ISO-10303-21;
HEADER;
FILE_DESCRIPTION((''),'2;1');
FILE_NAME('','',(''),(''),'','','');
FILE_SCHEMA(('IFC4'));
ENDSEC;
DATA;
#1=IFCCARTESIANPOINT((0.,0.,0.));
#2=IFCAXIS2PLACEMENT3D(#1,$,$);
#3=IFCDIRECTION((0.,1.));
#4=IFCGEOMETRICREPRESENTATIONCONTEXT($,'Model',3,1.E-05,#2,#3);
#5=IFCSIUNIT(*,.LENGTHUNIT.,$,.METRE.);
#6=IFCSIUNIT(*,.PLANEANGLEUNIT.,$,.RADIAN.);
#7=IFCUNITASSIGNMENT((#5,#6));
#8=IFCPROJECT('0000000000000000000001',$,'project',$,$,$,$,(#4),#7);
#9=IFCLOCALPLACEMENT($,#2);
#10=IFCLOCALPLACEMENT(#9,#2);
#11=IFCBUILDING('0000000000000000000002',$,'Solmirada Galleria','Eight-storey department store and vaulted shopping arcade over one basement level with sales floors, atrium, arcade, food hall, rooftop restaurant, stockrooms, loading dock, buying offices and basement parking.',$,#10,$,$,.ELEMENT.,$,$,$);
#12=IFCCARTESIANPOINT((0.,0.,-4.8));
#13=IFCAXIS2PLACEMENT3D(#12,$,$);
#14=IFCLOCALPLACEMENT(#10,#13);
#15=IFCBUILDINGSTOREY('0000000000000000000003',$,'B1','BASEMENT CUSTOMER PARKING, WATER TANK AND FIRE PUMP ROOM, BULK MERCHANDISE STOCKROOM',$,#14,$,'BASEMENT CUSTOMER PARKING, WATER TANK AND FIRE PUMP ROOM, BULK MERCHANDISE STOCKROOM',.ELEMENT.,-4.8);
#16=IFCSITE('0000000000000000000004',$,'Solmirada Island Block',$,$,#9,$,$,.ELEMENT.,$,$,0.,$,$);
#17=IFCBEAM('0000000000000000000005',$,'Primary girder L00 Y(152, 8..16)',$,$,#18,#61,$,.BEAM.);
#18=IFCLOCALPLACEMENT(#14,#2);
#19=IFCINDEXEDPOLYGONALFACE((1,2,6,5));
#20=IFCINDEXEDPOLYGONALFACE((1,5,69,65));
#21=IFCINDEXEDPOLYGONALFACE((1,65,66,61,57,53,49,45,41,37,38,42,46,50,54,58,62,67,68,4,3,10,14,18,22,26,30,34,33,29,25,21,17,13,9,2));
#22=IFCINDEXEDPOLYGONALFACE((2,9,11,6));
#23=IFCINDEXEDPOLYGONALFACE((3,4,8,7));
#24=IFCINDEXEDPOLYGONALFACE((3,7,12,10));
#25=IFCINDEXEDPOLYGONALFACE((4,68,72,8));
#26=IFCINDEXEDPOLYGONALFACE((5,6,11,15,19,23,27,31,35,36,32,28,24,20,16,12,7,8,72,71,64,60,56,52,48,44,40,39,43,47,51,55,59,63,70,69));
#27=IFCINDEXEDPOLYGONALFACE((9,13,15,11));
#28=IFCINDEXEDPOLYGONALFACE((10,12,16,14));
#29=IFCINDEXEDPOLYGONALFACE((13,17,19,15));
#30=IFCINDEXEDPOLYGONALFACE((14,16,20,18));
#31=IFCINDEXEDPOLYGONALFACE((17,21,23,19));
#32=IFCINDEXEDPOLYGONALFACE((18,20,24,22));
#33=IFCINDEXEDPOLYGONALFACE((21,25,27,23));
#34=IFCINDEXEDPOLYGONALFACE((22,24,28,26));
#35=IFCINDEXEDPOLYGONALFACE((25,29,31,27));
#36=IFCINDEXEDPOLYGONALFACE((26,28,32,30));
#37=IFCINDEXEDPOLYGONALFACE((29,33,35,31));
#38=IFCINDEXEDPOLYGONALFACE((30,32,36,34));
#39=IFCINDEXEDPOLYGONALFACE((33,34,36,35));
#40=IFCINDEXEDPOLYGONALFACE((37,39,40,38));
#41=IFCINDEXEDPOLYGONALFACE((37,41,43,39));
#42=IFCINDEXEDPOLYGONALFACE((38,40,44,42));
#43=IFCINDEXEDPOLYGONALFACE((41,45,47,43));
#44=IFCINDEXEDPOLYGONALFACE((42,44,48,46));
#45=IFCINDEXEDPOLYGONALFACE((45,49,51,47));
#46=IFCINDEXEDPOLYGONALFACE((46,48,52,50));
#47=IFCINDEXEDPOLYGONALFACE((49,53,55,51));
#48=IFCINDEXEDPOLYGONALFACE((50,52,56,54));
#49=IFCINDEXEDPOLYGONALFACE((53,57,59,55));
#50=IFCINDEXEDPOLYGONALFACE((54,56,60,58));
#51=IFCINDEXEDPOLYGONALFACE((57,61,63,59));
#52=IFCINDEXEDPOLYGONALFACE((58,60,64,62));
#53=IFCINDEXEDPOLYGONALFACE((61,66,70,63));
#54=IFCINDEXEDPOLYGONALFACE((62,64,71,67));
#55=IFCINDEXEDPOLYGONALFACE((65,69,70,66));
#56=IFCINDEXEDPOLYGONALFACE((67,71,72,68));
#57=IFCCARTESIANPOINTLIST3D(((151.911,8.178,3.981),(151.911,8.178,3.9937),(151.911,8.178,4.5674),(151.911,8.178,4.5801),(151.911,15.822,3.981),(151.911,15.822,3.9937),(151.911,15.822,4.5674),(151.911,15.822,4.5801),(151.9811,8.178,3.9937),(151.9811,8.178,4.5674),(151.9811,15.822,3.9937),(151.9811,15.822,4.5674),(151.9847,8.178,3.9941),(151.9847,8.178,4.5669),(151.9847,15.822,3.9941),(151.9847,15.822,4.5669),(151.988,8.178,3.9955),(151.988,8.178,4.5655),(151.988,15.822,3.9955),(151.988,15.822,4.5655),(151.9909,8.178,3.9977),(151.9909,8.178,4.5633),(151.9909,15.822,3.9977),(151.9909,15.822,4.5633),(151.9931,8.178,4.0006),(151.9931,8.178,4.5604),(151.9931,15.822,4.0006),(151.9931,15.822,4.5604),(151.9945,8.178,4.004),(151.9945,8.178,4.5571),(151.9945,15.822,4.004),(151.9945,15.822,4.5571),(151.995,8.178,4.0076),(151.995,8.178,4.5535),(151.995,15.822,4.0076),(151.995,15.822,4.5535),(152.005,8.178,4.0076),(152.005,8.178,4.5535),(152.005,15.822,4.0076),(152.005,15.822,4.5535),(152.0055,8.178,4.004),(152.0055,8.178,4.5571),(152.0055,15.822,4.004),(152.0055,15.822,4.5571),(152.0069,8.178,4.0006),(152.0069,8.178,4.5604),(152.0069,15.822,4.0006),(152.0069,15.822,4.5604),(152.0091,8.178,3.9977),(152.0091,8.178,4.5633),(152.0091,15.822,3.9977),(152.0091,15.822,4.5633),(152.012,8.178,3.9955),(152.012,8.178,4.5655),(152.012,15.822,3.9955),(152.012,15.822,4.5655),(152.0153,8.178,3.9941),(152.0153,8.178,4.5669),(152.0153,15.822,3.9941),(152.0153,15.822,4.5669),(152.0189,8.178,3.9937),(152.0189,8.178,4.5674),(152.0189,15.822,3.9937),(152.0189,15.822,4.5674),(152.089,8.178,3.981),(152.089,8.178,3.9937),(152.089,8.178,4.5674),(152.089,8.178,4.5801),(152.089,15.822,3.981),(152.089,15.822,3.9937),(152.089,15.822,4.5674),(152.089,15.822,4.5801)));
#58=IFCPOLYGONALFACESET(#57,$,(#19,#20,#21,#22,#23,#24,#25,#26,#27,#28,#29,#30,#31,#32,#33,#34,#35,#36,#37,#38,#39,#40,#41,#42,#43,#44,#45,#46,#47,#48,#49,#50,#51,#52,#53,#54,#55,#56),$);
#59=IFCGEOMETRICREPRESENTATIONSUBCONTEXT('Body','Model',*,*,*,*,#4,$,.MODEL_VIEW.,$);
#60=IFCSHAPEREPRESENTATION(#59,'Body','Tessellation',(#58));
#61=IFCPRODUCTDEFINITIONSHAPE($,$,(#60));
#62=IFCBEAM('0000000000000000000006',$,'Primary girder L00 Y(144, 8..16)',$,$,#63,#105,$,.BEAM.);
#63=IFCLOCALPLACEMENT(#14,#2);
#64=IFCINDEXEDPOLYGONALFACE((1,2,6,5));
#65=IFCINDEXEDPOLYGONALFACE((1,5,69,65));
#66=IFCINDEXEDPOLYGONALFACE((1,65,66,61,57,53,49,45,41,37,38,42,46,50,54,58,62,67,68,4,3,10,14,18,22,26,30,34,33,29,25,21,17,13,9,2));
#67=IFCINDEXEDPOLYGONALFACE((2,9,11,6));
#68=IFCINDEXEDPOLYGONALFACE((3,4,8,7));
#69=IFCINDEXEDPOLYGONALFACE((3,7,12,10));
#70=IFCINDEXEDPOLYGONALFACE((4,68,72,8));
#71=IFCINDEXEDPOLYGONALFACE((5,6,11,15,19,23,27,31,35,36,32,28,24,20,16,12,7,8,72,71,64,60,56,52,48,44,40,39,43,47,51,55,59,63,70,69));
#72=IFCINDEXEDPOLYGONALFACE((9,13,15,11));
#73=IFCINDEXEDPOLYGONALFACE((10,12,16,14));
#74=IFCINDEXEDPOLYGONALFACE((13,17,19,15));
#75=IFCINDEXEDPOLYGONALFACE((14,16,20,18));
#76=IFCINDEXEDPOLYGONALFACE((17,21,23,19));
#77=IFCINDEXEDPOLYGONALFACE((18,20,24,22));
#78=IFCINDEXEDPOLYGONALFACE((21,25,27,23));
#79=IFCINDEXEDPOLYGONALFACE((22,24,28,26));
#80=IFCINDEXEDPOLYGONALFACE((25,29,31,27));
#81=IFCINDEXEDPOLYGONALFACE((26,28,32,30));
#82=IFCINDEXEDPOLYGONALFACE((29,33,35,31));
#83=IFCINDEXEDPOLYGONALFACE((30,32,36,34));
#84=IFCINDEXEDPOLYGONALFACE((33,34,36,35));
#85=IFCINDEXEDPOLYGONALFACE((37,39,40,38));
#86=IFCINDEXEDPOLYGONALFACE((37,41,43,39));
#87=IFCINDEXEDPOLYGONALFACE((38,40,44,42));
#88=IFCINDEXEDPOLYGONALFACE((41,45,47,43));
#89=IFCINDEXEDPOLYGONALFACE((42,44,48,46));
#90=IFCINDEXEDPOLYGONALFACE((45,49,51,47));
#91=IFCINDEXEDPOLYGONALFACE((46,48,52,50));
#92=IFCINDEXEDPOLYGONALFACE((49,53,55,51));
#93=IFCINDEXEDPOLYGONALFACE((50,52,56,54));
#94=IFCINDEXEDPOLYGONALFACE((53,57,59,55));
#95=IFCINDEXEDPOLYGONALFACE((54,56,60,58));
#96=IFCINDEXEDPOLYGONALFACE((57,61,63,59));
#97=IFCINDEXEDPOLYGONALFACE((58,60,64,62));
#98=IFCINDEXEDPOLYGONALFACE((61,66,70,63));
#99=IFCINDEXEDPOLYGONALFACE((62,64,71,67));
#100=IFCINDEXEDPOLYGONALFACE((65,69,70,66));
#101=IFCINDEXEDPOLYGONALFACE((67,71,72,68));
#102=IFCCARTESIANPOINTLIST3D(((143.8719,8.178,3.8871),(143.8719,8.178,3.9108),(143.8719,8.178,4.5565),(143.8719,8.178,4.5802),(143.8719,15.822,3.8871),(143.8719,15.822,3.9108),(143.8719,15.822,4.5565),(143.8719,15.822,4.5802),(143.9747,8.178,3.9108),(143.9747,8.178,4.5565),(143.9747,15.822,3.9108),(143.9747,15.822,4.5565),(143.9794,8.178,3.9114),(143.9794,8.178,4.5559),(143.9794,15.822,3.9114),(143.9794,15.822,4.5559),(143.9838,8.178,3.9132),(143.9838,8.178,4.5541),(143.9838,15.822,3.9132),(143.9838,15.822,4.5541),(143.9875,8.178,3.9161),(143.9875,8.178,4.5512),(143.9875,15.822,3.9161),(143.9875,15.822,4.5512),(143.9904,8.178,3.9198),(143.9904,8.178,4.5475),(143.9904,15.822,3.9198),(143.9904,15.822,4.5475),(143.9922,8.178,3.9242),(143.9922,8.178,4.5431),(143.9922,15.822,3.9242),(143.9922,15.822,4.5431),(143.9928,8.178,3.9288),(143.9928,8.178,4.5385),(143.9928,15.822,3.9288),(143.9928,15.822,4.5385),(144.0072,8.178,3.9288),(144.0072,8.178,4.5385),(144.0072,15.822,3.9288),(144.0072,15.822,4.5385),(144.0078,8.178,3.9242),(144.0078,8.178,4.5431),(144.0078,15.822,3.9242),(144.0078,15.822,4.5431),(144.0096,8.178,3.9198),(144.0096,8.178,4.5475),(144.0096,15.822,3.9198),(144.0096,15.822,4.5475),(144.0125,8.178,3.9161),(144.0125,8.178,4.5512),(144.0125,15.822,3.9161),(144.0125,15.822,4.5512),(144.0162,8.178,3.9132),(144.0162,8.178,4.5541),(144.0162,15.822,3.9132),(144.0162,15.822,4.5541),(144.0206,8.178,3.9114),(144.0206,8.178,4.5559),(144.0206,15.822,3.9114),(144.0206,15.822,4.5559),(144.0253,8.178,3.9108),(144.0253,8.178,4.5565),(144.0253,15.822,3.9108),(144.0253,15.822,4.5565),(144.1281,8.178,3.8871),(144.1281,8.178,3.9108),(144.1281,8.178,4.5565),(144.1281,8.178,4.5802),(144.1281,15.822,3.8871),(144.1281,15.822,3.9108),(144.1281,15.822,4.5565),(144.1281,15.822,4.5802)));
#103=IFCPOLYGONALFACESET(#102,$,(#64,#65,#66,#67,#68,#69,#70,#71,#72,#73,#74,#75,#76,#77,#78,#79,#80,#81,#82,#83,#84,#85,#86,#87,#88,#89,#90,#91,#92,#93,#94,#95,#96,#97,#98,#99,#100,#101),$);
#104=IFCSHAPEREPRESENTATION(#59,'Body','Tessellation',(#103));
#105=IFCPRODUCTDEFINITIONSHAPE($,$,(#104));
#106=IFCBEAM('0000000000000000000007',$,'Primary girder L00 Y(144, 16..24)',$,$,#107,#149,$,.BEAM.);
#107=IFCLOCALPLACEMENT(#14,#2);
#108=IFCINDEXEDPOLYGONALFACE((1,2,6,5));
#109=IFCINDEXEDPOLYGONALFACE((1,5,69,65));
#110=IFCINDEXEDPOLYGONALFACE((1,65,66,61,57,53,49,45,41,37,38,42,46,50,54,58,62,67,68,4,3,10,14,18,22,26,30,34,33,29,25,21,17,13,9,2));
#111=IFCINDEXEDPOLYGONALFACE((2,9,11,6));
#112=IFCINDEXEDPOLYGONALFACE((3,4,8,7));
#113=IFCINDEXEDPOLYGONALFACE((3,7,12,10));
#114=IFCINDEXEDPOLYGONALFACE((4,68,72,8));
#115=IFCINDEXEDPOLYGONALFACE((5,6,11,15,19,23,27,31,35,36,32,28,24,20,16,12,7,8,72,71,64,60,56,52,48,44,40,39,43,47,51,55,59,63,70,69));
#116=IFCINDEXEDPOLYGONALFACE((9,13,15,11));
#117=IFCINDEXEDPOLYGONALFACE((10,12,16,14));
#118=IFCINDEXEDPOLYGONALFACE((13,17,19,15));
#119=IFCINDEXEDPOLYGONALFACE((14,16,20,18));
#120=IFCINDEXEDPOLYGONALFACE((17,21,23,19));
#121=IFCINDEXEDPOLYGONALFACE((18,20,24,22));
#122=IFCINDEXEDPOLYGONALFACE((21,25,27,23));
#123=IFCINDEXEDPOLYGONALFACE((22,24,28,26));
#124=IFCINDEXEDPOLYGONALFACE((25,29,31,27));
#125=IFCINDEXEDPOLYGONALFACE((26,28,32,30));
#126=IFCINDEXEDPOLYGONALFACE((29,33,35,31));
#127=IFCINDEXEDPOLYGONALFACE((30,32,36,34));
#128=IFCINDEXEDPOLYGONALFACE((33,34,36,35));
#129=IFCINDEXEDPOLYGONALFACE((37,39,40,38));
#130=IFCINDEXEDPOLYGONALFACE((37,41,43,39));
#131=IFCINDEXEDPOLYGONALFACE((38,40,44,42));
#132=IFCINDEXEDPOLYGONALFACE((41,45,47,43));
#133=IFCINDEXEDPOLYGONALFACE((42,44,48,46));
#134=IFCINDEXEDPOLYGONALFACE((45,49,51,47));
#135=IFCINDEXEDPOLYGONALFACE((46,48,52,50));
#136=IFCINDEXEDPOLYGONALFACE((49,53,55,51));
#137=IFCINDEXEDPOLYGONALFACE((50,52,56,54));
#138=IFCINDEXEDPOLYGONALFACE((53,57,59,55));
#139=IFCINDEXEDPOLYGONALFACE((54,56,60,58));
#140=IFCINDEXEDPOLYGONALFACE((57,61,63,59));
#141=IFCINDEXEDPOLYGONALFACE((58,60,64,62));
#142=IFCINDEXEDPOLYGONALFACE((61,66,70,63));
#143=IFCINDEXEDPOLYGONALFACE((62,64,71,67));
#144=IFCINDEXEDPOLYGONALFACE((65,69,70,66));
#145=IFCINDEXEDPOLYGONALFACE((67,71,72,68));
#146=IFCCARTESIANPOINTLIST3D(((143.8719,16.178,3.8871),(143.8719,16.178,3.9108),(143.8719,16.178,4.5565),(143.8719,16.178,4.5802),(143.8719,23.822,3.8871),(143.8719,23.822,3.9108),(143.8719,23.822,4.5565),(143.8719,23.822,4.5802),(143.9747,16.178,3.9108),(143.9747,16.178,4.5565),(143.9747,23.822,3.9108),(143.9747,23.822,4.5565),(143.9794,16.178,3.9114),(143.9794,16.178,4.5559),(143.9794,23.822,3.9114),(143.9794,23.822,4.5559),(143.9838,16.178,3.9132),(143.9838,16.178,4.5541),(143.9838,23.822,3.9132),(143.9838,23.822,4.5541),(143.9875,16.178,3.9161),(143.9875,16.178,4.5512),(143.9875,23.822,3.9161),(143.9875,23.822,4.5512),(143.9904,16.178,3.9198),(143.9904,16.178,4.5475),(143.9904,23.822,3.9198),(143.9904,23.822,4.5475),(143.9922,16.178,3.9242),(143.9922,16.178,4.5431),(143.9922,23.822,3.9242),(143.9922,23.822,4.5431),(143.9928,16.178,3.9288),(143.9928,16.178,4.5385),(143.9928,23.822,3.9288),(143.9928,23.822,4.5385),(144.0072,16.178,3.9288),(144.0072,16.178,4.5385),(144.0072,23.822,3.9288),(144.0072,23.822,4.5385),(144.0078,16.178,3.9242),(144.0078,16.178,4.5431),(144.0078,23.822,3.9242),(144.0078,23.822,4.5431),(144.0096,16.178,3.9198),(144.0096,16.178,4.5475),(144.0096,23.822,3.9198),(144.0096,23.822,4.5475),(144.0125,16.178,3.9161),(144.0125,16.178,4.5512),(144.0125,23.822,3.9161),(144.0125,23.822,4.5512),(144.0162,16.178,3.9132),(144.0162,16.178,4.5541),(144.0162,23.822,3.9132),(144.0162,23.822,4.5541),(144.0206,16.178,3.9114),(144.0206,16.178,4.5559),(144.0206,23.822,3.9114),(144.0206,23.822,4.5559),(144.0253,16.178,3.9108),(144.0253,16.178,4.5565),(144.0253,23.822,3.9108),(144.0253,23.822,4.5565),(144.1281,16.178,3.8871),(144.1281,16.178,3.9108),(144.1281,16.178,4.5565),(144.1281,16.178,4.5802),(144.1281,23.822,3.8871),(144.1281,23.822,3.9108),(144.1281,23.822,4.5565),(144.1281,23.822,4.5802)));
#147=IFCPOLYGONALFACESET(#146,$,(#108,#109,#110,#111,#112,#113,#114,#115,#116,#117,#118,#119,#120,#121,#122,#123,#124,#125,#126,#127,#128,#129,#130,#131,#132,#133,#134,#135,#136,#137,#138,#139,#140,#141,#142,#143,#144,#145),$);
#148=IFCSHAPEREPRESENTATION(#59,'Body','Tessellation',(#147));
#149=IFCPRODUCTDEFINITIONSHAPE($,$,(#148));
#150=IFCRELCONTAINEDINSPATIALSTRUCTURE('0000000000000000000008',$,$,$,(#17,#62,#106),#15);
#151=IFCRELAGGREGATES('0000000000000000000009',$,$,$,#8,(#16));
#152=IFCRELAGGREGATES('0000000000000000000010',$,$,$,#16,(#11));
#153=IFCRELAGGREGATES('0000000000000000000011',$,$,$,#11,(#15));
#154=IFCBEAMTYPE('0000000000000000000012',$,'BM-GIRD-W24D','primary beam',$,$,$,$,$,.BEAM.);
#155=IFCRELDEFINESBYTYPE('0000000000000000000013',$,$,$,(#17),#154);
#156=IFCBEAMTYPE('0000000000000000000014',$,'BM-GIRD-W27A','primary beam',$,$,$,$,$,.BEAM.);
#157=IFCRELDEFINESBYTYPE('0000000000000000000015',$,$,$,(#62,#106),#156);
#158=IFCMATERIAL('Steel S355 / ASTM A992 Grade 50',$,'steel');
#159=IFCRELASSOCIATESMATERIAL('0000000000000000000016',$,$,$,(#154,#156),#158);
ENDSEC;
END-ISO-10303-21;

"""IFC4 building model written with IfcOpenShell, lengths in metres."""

from ifc_helpers import new_model, si_unit, direction, frame, origin, origin_2d, place, context, subcontext, project, spatial, i_section, extrude, material, material_profile, profile_set, type_object, element, save


model = new_model("IFC4")

# Units and contexts
model_context = context("Model", 3, precision=1e-05, world=origin(), true_north=direction((0.0, 1.0)))
body_context = subcontext(model_context, "Body", "Model", "MODEL_VIEW")
ifc_project = project(units=[si_unit("LENGTHUNIT", "METRE"), si_unit("PLANEANGLEUNIT", "RADIAN")], contexts=[model_context])

# Site, building, storey
site_placement = place(None, origin())
site = spatial("IfcSite", under=ifc_project, at=site_placement, Name="Solmirada Island Block", CompositionType="ELEMENT", RefElevation=0.0)
building_placement = place(site_placement, origin())
building = spatial("IfcBuilding", under=site, at=building_placement, Name="Solmirada Galleria", Description="Eight-storey department store and vaulted shopping arcade over one basement level with sales floors, atrium, arcade, food hall, rooftop restaurant, stockrooms, loading dock, buying offices and basement parking.", CompositionType="ELEMENT")
storey_placement = place(building_placement, frame((0.0, 0.0, -4.8)))
storey = spatial("IfcBuildingStorey", under=building, at=storey_placement, Name="B1", Description="BASEMENT CUSTOMER PARKING, WATER TANK AND FIRE PUMP ROOM, BULK MERCHANDISE STOCKROOM", LongName="BASEMENT CUSTOMER PARKING, WATER TANK AND FIRE PUMP ROOM, BULK MERCHANDISE STOCKROOM", CompositionType="ELEMENT", Elevation=-4.8)

# Beams
ifc_material_1 = material(Name="Steel S355 / ASTM A992 Grade 50", Category="steel")
ifc_material_profile_1 = material_profile(ifc_material_1, i_section(OverallWidth=0.178, OverallDepth=0.5991, WebThickness=0.01, FlangeThickness=0.0127, FilletRadius=0.0139, at=origin_2d()), Name="W24X55")
ifc_profile_set_1 = profile_set([ifc_material_profile_1], Name="Steel S355 / ASTM A992 Grade 50")
beam_type_1 = type_object("IfcBeamType", Name="BM-GIRD-W24D", Description="primary beam", PredefinedType="BEAM", material=ifc_profile_set_1)
beam_1_placement = place(storey_placement, frame((152.0, 8.178, 4.2805), z_axis=(0.0, 1.0, 0.0), x_axis=(-1.0, 0.0, 0.0)))
element("IfcBeam", 1, at=beam_1_placement, inside=storey, type_object=beam_type_1, Name="Primary girder L00 Y(152, 8..16)", PredefinedType="BEAM", context=body_context, shape_type="SweptSolid", body=[
    extrude(i_section(OverallWidth=0.178, OverallDepth=0.5991, WebThickness=0.01, FlangeThickness=0.0127, FilletRadius=0.0139, at=origin_2d()), origin(), (0.0, 0.0, 1.0), 7.644),
])
ifc_material_profile_2 = material_profile(ifc_material_1, i_section(OverallWidth=0.2561, OverallDepth=0.6931, WebThickness=0.0144, FlangeThickness=0.0237, FilletRadius=0.0181, at=origin_2d()), Name="W27X114")
ifc_profile_set_2 = profile_set([ifc_material_profile_2], Name="Steel S355 / ASTM A992 Grade 50")
beam_type_2 = type_object("IfcBeamType", Name="BM-GIRD-W27A", Description="primary beam", PredefinedType="BEAM", material=ifc_profile_set_2)
for number, where, z_axis, x_axis, name in (
    (2, (144.0, 8.178, 4.2336), (0.0, 1.0, 0.0), (-1.0, 0.0, 0.0), "Primary girder L00 Y(144, 8..16)"),
    (3, (144.0, 16.178, 4.2336), (0.0, 1.0, 0.0), (-1.0, 0.0, 0.0), "Primary girder L00 Y(144, 16..24)"),
):
    element("IfcBeam", number, at=place(storey_placement, frame(where, z_axis=z_axis, x_axis=x_axis)), inside=storey, type_object=beam_type_2, Name=name, PredefinedType="BEAM", context=body_context, shape_type="SweptSolid", body=[
        extrude(i_section(OverallWidth=0.2561, OverallDepth=0.6931, WebThickness=0.0144, FlangeThickness=0.0237, FilletRadius=0.0181, at=origin_2d()), origin(), (0.0, 0.0, 1.0), 7.644),
    ])

save(model, "model.ifc")
